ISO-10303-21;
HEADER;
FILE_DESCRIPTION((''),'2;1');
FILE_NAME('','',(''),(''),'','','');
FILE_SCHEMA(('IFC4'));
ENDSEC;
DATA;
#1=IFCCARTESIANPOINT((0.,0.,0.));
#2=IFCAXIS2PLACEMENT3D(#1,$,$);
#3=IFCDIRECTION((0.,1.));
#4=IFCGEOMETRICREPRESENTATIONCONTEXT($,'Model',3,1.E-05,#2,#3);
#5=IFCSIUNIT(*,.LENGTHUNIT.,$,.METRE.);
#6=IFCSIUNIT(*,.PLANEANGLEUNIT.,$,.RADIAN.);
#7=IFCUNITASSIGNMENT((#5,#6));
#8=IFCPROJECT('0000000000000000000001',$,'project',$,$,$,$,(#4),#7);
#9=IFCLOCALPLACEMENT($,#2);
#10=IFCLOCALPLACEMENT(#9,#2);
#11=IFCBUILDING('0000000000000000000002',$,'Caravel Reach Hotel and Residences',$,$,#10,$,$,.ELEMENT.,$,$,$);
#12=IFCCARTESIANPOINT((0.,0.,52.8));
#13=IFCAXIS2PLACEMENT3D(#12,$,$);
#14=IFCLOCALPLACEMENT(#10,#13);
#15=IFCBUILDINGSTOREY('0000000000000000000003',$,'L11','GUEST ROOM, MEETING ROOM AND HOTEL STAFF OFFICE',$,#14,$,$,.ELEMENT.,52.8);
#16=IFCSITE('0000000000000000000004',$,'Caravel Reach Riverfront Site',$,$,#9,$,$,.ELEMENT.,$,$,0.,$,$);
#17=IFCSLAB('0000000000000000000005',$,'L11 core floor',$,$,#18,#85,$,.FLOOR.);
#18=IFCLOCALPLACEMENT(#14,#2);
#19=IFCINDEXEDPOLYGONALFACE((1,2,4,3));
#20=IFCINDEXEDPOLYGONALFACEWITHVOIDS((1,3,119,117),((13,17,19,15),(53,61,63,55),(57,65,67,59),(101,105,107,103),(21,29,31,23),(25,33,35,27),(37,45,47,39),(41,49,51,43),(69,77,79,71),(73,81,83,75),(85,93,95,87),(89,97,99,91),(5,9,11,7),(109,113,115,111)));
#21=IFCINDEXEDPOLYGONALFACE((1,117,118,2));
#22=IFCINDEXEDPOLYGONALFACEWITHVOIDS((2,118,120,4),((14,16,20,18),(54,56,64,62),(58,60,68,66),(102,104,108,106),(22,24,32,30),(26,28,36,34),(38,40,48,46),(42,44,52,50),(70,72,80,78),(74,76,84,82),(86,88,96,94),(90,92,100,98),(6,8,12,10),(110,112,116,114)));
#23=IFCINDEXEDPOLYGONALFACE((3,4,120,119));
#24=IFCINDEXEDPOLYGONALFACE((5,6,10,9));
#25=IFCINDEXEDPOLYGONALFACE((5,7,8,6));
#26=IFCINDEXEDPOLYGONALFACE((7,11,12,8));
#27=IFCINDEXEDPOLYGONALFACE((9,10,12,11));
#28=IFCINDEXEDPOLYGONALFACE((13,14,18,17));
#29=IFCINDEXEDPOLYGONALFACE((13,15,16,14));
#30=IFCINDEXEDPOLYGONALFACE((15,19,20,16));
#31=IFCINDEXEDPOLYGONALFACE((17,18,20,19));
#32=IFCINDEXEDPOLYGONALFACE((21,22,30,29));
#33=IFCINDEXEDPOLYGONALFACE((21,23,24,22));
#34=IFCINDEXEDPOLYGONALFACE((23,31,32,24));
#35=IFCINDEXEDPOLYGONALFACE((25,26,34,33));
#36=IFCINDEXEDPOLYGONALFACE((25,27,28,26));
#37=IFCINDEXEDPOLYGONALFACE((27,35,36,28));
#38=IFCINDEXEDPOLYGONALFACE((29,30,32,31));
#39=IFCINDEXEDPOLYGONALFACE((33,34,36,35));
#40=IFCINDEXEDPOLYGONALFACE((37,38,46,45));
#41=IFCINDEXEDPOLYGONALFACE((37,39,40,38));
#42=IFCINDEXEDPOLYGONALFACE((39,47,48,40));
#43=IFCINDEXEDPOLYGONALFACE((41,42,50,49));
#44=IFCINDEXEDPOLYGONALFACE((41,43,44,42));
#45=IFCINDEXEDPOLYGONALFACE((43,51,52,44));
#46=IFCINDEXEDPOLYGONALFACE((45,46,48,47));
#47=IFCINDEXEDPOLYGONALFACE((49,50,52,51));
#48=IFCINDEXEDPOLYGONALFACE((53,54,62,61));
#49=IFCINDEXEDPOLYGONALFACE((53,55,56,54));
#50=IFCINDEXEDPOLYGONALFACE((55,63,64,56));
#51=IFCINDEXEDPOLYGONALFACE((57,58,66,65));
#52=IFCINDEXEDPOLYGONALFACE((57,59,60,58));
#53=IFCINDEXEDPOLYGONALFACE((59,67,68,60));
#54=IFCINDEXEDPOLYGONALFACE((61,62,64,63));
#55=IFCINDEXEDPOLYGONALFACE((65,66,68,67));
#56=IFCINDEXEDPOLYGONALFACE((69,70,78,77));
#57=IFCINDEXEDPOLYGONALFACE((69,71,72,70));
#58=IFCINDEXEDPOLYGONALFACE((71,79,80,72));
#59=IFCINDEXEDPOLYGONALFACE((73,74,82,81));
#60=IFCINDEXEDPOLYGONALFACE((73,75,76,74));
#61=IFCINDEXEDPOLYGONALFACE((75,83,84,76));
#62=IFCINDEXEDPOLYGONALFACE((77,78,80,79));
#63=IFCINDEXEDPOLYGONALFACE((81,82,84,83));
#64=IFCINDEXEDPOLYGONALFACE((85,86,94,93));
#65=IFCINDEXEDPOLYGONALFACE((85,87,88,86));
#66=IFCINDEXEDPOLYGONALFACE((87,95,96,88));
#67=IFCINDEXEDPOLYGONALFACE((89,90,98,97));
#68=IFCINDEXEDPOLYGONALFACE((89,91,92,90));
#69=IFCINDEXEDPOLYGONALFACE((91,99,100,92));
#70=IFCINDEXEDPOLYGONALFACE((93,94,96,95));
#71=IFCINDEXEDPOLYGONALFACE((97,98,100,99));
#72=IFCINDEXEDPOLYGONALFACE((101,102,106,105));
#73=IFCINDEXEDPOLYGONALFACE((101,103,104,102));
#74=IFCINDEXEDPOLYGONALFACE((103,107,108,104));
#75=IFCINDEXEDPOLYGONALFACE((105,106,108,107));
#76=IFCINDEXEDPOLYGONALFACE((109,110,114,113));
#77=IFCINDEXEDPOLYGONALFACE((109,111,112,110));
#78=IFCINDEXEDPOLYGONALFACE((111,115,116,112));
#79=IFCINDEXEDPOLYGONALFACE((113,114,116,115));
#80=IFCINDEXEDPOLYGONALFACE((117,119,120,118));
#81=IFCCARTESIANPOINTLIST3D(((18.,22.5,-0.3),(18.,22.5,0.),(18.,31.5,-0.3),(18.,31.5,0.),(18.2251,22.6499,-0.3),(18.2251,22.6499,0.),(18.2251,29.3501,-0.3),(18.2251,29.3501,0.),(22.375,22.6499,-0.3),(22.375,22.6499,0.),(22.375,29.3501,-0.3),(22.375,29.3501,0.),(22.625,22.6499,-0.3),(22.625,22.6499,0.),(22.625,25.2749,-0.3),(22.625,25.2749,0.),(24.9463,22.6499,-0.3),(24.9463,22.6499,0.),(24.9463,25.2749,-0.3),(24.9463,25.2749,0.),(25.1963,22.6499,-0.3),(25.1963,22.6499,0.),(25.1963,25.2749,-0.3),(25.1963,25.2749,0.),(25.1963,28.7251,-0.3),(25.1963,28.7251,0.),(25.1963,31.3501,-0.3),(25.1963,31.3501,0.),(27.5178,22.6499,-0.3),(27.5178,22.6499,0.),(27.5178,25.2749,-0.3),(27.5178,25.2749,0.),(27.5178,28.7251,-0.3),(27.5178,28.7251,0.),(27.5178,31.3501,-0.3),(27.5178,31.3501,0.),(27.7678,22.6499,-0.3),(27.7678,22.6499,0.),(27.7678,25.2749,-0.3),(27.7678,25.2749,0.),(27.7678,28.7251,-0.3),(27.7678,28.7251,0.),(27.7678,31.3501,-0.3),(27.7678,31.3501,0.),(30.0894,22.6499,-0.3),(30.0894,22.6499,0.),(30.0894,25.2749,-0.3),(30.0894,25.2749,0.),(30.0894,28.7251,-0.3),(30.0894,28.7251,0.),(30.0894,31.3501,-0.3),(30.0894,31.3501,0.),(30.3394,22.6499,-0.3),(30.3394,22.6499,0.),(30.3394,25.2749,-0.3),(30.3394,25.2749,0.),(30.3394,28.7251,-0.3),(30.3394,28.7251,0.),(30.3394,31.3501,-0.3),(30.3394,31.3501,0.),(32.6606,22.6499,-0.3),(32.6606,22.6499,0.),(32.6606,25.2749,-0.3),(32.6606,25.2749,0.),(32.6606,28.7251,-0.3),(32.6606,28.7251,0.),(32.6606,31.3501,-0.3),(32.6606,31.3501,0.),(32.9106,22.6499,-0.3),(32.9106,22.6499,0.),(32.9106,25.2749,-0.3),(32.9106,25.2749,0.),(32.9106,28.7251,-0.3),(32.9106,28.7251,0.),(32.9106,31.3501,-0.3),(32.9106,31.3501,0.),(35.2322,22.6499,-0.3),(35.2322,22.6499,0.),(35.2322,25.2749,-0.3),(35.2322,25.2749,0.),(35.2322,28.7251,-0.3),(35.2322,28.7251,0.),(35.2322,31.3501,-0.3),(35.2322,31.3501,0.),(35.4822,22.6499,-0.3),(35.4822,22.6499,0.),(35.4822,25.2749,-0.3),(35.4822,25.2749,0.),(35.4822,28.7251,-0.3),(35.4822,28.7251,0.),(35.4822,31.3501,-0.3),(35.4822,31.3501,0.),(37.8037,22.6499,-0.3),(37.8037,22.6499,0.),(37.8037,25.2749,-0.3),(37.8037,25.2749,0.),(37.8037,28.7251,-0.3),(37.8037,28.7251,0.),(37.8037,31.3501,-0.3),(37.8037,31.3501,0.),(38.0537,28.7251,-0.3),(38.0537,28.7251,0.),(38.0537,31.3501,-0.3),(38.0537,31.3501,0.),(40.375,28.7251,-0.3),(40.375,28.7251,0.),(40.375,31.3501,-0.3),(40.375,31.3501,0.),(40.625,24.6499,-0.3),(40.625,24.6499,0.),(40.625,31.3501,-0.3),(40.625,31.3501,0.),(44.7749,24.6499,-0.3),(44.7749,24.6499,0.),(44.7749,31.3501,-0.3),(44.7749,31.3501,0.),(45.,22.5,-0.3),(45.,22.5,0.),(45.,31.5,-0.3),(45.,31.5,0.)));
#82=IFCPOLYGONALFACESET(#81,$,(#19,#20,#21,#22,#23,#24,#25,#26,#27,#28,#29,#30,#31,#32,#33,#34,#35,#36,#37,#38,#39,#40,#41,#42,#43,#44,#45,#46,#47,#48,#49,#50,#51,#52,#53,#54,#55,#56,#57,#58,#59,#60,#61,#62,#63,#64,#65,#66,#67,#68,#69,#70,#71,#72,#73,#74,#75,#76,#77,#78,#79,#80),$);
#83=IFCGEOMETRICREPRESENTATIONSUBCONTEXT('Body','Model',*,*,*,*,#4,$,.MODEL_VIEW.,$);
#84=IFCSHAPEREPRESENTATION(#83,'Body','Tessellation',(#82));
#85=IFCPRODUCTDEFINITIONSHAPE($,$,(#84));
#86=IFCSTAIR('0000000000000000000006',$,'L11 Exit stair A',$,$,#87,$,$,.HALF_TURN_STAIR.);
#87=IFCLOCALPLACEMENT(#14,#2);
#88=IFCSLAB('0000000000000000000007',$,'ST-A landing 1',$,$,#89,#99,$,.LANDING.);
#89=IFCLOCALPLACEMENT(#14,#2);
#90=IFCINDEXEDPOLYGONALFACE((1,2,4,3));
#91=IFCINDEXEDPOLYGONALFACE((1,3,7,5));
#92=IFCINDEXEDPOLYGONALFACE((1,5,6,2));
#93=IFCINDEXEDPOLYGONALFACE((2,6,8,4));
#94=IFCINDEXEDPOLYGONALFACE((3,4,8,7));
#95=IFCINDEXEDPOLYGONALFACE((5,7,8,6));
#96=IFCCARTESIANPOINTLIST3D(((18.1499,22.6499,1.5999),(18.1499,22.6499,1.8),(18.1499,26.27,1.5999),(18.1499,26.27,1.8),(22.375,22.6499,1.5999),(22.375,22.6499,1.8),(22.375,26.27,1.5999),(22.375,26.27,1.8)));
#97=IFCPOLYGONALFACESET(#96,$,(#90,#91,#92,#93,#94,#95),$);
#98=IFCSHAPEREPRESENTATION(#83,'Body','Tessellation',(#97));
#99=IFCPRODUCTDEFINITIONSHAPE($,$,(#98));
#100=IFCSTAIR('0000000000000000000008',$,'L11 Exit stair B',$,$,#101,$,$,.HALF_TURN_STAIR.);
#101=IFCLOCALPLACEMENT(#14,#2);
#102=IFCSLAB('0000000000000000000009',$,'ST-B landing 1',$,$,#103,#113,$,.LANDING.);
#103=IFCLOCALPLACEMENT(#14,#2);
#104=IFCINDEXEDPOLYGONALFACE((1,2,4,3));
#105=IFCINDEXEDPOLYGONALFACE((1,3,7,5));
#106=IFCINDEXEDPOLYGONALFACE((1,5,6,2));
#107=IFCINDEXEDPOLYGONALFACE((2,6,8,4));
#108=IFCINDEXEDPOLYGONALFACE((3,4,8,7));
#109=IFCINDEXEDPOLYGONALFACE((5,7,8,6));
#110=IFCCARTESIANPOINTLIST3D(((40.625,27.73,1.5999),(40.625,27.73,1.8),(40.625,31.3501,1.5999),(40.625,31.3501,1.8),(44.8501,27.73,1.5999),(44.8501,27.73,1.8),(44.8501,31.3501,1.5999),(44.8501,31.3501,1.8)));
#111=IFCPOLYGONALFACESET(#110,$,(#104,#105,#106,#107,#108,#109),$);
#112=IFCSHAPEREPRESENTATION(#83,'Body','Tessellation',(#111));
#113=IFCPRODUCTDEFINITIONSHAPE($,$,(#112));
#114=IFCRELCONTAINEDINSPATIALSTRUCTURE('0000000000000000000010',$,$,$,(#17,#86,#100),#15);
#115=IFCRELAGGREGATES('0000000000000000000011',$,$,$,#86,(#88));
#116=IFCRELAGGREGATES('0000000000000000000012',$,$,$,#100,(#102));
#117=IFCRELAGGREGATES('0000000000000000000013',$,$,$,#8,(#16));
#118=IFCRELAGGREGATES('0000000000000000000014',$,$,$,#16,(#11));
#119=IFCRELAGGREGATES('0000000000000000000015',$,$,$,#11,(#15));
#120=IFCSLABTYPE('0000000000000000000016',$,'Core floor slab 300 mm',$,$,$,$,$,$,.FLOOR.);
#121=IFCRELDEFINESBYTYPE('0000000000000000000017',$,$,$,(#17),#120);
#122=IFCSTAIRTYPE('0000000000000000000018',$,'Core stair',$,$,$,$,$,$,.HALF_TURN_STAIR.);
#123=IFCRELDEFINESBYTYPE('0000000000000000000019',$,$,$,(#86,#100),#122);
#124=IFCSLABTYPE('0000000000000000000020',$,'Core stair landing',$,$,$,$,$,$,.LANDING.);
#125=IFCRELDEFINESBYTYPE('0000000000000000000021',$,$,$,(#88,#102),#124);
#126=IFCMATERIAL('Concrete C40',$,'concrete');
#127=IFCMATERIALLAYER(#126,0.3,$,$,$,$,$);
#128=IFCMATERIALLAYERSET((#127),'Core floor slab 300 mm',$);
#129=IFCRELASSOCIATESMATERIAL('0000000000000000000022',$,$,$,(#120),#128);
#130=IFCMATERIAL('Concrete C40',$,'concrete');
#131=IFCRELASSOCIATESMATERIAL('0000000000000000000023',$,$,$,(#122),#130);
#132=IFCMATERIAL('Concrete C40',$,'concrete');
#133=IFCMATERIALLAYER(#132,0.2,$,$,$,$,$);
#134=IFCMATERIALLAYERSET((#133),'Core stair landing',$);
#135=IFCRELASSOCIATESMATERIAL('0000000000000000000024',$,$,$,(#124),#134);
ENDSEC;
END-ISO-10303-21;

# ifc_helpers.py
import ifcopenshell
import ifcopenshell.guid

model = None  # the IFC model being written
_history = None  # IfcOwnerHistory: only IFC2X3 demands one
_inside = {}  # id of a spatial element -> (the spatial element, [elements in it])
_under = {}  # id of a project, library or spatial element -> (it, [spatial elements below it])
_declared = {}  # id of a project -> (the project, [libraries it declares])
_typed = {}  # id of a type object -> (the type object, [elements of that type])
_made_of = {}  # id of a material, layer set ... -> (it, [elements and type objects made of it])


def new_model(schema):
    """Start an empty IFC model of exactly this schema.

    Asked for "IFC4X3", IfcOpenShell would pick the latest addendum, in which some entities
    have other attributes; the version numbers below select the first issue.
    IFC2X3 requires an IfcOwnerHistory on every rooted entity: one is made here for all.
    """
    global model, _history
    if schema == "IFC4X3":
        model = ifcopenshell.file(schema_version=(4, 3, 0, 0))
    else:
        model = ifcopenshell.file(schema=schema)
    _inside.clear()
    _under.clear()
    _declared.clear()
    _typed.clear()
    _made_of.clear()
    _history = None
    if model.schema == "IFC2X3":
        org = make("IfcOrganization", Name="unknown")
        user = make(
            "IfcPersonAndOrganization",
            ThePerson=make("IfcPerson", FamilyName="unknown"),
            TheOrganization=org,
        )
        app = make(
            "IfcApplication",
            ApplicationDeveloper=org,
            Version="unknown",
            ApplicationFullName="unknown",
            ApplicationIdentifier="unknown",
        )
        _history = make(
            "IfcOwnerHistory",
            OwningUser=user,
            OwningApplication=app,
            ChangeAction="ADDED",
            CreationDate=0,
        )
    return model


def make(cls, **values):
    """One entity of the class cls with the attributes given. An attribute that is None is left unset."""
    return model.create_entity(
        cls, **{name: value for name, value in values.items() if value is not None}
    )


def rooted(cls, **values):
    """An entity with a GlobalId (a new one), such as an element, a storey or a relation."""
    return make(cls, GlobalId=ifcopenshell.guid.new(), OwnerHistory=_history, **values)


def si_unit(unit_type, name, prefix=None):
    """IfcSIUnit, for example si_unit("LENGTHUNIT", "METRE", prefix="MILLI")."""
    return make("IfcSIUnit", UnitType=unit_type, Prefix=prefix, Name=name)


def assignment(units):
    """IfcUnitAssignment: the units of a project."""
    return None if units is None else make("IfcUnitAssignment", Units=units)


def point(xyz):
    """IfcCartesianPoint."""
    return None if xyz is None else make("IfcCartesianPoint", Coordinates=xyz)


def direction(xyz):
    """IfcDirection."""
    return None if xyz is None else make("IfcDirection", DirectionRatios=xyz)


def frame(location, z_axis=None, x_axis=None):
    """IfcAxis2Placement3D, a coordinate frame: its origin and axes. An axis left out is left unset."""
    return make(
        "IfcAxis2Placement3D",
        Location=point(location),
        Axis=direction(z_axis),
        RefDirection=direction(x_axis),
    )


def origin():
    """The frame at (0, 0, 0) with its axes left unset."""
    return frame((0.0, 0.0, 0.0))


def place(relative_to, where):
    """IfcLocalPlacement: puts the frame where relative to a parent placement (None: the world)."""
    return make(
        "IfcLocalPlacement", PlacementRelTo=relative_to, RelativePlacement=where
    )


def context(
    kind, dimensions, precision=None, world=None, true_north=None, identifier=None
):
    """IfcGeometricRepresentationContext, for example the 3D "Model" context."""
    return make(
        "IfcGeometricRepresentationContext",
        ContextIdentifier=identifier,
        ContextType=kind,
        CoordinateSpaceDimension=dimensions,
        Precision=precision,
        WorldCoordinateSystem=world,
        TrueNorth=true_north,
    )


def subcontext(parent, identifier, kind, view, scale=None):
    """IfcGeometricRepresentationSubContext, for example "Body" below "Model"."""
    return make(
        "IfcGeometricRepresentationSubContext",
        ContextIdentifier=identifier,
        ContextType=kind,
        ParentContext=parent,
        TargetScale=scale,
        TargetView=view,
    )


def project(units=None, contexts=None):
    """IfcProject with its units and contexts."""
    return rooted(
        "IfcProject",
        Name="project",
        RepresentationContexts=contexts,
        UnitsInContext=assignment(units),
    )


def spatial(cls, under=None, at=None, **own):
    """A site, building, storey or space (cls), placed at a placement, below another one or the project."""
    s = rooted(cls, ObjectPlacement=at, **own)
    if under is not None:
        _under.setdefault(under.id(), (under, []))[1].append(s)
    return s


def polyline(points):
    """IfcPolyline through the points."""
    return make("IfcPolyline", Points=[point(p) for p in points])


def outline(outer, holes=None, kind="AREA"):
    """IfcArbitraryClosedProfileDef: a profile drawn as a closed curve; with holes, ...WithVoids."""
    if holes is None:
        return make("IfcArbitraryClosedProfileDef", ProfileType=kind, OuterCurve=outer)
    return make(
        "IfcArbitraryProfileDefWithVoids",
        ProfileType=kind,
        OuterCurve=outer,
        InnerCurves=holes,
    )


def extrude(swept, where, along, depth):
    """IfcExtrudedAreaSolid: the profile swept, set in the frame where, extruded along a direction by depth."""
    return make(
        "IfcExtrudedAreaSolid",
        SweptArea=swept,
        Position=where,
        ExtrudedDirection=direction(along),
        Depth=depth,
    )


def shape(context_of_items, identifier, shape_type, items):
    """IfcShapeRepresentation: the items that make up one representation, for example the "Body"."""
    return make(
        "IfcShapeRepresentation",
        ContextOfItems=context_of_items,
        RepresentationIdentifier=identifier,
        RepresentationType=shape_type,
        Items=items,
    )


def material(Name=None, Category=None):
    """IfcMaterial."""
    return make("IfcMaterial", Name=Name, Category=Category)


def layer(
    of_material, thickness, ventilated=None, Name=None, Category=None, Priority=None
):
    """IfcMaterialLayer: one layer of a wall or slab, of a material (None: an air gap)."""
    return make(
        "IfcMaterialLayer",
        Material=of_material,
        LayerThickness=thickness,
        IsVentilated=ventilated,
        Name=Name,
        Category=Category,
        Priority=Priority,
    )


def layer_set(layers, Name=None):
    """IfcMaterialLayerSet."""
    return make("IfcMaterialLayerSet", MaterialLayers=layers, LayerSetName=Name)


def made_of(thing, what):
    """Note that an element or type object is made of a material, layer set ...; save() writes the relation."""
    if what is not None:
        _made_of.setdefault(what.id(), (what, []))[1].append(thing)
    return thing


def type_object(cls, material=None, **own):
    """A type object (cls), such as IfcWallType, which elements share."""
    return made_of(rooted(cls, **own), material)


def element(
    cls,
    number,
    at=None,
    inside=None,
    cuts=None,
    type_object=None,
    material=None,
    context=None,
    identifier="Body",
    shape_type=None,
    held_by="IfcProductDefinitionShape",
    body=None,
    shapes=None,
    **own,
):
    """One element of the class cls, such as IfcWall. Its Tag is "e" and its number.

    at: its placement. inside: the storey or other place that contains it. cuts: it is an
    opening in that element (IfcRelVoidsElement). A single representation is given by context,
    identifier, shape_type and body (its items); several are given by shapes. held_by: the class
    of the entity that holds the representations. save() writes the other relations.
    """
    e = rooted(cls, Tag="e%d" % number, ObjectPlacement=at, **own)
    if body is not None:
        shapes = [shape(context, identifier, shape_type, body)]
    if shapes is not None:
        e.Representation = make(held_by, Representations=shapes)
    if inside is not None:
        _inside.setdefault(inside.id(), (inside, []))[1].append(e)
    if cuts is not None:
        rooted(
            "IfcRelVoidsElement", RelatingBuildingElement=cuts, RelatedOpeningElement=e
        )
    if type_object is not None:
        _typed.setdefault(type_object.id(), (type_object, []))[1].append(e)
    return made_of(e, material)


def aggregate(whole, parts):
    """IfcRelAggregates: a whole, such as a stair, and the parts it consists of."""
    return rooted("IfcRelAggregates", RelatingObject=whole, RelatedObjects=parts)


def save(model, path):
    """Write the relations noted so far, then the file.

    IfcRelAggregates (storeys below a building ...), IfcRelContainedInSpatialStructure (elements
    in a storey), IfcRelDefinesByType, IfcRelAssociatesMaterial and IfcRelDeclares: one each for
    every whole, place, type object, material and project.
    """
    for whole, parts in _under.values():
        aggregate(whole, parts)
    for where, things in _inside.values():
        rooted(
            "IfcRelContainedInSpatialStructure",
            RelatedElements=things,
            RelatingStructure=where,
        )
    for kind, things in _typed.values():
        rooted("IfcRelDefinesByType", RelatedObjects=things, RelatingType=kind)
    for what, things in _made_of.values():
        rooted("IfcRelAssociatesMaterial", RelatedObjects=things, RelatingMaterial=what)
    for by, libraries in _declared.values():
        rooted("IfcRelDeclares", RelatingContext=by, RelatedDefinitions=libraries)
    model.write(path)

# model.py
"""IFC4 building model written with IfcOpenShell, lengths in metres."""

from ifc_helpers import new_model, si_unit, direction, frame, origin, place, context, subcontext, project, spatial, polyline, outline, extrude, material, layer, layer_set, type_object, element, aggregate, save


model = new_model("IFC4")

# Units and contexts
model_context = context("Model", 3, precision=1e-05, world=origin(), true_north=direction((0.0, 1.0)))
body_context = subcontext(model_context, "Body", "Model", "MODEL_VIEW")
ifc_project = project(units=[si_unit("LENGTHUNIT", "METRE"), si_unit("PLANEANGLEUNIT", "RADIAN")], contexts=[model_context])

# Site, building, storey
site_placement = place(None, origin())
site = spatial("IfcSite", under=ifc_project, at=site_placement, Name="Caravel Reach Riverfront Site", CompositionType="ELEMENT", RefElevation=0.0)
building_placement = place(site_placement, origin())
building = spatial("IfcBuilding", under=site, at=building_placement, Name="Caravel Reach Hotel and Residences", CompositionType="ELEMENT")
storey_placement = place(building_placement, frame((0.0, 0.0, 52.8)))
storey = spatial("IfcBuildingStorey", under=building, at=storey_placement, Name="L11", Description="GUEST ROOM, MEETING ROOM AND HOTEL STAFF OFFICE", CompositionType="ELEMENT", Elevation=52.8)

# Slab
ifc_material_1 = material(Name="Concrete C40", Category="concrete")
ifc_layer_1 = layer(ifc_material_1, 0.3)
ifc_layer_set_1 = layer_set([ifc_layer_1], Name="Core floor slab 300 mm")
slab_type_1 = type_object("IfcSlabType", Name="Core floor slab 300 mm", PredefinedType="FLOOR", material=ifc_layer_set_1)
slab_1_placement = place(storey_placement, frame((0.0, 0.0, -0.3)))
element("IfcSlab", 1, at=slab_1_placement, inside=storey, type_object=slab_type_1, Name="L11 core floor", PredefinedType="FLOOR", context=body_context, shape_type="SweptSolid", body=[
    extrude(outline(polyline([(18.0, 31.5), (45.0, 31.5), (45.0, 22.5), (18.0, 22.5), (18.0, 31.5)]), holes=[polyline([(22.625, 25.2749), (22.625, 22.6499), (24.9463, 22.6499), (24.9463, 25.2749), (22.625, 25.2749)]), polyline([(27.5178, 25.2749), (25.1963, 25.2749), (25.1963, 22.6499), (27.5178, 22.6499), (27.5178, 25.2749)]), polyline([(30.0894, 25.2749), (27.7678, 25.2749), (27.7678, 22.6499), (30.0894, 22.6499), (30.0894, 25.2749)]), polyline([(32.6606, 25.2749), (30.3394, 25.2749), (30.3394, 22.6499), (32.6606, 22.6499), (32.6606, 25.2749)]), polyline([(18.2251, 22.6499), (22.375, 22.6499), (22.375, 29.3501), (18.2251, 29.3501), (18.2251, 22.6499)]), polyline([(27.5178, 31.3501), (25.1963, 31.3501), (25.1963, 28.7251), (27.5178, 28.7251), (27.5178, 31.3501)]), polyline([(30.0894, 31.3501), (27.7678, 31.3501), (27.7678, 28.7251), (30.0894, 28.7251), (30.0894, 31.3501)]), polyline([(32.9106, 25.2749), (32.9106, 22.6499), (35.2322, 22.6499), (35.2322, 25.2749), (32.9106, 25.2749)]), polyline([(37.8037, 25.2749), (35.4822, 25.2749), (35.4822, 22.6499), (37.8037, 22.6499), (37.8037, 25.2749)]), polyline([(44.7749, 31.3501), (40.625, 31.3501), (40.625, 24.6499), (44.7749, 24.6499), (44.7749, 31.3501)]), polyline([(32.6606, 31.3501), (30.3394, 31.3501), (30.3394, 28.7251), (32.6606, 28.7251), (32.6606, 31.3501)]), polyline([(35.2322, 31.3501), (32.9106, 31.3501), (32.9106, 28.7251), (35.2322, 28.7251), (35.2322, 31.3501)]), polyline([(37.8037, 31.3501), (35.4822, 31.3501), (35.4822, 28.7251), (37.8037, 28.7251), (37.8037, 31.3501)]), polyline([(40.375, 31.3501), (38.0537, 31.3501), (38.0537, 28.7251), (40.375, 28.7251), (40.375, 31.3501)])]), origin(), (0.0, 0.0, 1.0), 0.3),
])

# Stairs, slabs
ifc_material_2 = material(Name="Concrete C40", Category="concrete")
stair_type = type_object("IfcStairType", Name="Core stair", PredefinedType="HALF_TURN_STAIR", material=ifc_material_2)
stair_1_placement = place(storey_placement, origin())
stair_1 = element("IfcStair", 2, at=stair_1_placement, inside=storey, type_object=stair_type, Name="L11 Exit stair A", PredefinedType="HALF_TURN_STAIR")
ifc_material_3 = material(Name="Concrete C40", Category="concrete")
ifc_layer_2 = layer(ifc_material_3, 0.2)
ifc_layer_set_2 = layer_set([ifc_layer_2], Name="Core stair landing")
slab_type_2 = type_object("IfcSlabType", Name="Core stair landing", PredefinedType="LANDING", material=ifc_layer_set_2)
slab_2_placement = place(storey_placement, frame((0.0, 0.0, 1.5999)))
slab_2 = element("IfcSlab", 3, at=slab_2_placement, type_object=slab_type_2, Name="ST-A landing 1", PredefinedType="LANDING", context=body_context, shape_type="SweptSolid", body=[
    extrude(outline(polyline([(18.1499, 26.27), (18.1499, 22.6499), (22.375, 22.6499), (22.375, 26.27), (18.1499, 26.27)])), origin(), (0.0, 0.0, 1.0), 0.2002),
])
aggregate(stair_1, [slab_2])
stair_2_placement = place(storey_placement, origin())
stair_2 = element("IfcStair", 4, at=stair_2_placement, inside=storey, type_object=stair_type, Name="L11 Exit stair B", PredefinedType="HALF_TURN_STAIR")
slab_3_placement = place(storey_placement, frame((0.0, 0.0, 1.5999)))
slab_3 = element("IfcSlab", 5, at=slab_3_placement, type_object=slab_type_2, Name="ST-B landing 1", PredefinedType="LANDING", context=body_context, shape_type="SweptSolid", body=[
    extrude(outline(polyline([(44.8501, 27.73), (44.8501, 31.3501), (40.625, 31.3501), (40.625, 27.73), (44.8501, 27.73)])), origin(), (0.0, 0.0, 1.0), 0.2002),
])
aggregate(stair_2, [slab_3])

save(model, "model.ifc")
